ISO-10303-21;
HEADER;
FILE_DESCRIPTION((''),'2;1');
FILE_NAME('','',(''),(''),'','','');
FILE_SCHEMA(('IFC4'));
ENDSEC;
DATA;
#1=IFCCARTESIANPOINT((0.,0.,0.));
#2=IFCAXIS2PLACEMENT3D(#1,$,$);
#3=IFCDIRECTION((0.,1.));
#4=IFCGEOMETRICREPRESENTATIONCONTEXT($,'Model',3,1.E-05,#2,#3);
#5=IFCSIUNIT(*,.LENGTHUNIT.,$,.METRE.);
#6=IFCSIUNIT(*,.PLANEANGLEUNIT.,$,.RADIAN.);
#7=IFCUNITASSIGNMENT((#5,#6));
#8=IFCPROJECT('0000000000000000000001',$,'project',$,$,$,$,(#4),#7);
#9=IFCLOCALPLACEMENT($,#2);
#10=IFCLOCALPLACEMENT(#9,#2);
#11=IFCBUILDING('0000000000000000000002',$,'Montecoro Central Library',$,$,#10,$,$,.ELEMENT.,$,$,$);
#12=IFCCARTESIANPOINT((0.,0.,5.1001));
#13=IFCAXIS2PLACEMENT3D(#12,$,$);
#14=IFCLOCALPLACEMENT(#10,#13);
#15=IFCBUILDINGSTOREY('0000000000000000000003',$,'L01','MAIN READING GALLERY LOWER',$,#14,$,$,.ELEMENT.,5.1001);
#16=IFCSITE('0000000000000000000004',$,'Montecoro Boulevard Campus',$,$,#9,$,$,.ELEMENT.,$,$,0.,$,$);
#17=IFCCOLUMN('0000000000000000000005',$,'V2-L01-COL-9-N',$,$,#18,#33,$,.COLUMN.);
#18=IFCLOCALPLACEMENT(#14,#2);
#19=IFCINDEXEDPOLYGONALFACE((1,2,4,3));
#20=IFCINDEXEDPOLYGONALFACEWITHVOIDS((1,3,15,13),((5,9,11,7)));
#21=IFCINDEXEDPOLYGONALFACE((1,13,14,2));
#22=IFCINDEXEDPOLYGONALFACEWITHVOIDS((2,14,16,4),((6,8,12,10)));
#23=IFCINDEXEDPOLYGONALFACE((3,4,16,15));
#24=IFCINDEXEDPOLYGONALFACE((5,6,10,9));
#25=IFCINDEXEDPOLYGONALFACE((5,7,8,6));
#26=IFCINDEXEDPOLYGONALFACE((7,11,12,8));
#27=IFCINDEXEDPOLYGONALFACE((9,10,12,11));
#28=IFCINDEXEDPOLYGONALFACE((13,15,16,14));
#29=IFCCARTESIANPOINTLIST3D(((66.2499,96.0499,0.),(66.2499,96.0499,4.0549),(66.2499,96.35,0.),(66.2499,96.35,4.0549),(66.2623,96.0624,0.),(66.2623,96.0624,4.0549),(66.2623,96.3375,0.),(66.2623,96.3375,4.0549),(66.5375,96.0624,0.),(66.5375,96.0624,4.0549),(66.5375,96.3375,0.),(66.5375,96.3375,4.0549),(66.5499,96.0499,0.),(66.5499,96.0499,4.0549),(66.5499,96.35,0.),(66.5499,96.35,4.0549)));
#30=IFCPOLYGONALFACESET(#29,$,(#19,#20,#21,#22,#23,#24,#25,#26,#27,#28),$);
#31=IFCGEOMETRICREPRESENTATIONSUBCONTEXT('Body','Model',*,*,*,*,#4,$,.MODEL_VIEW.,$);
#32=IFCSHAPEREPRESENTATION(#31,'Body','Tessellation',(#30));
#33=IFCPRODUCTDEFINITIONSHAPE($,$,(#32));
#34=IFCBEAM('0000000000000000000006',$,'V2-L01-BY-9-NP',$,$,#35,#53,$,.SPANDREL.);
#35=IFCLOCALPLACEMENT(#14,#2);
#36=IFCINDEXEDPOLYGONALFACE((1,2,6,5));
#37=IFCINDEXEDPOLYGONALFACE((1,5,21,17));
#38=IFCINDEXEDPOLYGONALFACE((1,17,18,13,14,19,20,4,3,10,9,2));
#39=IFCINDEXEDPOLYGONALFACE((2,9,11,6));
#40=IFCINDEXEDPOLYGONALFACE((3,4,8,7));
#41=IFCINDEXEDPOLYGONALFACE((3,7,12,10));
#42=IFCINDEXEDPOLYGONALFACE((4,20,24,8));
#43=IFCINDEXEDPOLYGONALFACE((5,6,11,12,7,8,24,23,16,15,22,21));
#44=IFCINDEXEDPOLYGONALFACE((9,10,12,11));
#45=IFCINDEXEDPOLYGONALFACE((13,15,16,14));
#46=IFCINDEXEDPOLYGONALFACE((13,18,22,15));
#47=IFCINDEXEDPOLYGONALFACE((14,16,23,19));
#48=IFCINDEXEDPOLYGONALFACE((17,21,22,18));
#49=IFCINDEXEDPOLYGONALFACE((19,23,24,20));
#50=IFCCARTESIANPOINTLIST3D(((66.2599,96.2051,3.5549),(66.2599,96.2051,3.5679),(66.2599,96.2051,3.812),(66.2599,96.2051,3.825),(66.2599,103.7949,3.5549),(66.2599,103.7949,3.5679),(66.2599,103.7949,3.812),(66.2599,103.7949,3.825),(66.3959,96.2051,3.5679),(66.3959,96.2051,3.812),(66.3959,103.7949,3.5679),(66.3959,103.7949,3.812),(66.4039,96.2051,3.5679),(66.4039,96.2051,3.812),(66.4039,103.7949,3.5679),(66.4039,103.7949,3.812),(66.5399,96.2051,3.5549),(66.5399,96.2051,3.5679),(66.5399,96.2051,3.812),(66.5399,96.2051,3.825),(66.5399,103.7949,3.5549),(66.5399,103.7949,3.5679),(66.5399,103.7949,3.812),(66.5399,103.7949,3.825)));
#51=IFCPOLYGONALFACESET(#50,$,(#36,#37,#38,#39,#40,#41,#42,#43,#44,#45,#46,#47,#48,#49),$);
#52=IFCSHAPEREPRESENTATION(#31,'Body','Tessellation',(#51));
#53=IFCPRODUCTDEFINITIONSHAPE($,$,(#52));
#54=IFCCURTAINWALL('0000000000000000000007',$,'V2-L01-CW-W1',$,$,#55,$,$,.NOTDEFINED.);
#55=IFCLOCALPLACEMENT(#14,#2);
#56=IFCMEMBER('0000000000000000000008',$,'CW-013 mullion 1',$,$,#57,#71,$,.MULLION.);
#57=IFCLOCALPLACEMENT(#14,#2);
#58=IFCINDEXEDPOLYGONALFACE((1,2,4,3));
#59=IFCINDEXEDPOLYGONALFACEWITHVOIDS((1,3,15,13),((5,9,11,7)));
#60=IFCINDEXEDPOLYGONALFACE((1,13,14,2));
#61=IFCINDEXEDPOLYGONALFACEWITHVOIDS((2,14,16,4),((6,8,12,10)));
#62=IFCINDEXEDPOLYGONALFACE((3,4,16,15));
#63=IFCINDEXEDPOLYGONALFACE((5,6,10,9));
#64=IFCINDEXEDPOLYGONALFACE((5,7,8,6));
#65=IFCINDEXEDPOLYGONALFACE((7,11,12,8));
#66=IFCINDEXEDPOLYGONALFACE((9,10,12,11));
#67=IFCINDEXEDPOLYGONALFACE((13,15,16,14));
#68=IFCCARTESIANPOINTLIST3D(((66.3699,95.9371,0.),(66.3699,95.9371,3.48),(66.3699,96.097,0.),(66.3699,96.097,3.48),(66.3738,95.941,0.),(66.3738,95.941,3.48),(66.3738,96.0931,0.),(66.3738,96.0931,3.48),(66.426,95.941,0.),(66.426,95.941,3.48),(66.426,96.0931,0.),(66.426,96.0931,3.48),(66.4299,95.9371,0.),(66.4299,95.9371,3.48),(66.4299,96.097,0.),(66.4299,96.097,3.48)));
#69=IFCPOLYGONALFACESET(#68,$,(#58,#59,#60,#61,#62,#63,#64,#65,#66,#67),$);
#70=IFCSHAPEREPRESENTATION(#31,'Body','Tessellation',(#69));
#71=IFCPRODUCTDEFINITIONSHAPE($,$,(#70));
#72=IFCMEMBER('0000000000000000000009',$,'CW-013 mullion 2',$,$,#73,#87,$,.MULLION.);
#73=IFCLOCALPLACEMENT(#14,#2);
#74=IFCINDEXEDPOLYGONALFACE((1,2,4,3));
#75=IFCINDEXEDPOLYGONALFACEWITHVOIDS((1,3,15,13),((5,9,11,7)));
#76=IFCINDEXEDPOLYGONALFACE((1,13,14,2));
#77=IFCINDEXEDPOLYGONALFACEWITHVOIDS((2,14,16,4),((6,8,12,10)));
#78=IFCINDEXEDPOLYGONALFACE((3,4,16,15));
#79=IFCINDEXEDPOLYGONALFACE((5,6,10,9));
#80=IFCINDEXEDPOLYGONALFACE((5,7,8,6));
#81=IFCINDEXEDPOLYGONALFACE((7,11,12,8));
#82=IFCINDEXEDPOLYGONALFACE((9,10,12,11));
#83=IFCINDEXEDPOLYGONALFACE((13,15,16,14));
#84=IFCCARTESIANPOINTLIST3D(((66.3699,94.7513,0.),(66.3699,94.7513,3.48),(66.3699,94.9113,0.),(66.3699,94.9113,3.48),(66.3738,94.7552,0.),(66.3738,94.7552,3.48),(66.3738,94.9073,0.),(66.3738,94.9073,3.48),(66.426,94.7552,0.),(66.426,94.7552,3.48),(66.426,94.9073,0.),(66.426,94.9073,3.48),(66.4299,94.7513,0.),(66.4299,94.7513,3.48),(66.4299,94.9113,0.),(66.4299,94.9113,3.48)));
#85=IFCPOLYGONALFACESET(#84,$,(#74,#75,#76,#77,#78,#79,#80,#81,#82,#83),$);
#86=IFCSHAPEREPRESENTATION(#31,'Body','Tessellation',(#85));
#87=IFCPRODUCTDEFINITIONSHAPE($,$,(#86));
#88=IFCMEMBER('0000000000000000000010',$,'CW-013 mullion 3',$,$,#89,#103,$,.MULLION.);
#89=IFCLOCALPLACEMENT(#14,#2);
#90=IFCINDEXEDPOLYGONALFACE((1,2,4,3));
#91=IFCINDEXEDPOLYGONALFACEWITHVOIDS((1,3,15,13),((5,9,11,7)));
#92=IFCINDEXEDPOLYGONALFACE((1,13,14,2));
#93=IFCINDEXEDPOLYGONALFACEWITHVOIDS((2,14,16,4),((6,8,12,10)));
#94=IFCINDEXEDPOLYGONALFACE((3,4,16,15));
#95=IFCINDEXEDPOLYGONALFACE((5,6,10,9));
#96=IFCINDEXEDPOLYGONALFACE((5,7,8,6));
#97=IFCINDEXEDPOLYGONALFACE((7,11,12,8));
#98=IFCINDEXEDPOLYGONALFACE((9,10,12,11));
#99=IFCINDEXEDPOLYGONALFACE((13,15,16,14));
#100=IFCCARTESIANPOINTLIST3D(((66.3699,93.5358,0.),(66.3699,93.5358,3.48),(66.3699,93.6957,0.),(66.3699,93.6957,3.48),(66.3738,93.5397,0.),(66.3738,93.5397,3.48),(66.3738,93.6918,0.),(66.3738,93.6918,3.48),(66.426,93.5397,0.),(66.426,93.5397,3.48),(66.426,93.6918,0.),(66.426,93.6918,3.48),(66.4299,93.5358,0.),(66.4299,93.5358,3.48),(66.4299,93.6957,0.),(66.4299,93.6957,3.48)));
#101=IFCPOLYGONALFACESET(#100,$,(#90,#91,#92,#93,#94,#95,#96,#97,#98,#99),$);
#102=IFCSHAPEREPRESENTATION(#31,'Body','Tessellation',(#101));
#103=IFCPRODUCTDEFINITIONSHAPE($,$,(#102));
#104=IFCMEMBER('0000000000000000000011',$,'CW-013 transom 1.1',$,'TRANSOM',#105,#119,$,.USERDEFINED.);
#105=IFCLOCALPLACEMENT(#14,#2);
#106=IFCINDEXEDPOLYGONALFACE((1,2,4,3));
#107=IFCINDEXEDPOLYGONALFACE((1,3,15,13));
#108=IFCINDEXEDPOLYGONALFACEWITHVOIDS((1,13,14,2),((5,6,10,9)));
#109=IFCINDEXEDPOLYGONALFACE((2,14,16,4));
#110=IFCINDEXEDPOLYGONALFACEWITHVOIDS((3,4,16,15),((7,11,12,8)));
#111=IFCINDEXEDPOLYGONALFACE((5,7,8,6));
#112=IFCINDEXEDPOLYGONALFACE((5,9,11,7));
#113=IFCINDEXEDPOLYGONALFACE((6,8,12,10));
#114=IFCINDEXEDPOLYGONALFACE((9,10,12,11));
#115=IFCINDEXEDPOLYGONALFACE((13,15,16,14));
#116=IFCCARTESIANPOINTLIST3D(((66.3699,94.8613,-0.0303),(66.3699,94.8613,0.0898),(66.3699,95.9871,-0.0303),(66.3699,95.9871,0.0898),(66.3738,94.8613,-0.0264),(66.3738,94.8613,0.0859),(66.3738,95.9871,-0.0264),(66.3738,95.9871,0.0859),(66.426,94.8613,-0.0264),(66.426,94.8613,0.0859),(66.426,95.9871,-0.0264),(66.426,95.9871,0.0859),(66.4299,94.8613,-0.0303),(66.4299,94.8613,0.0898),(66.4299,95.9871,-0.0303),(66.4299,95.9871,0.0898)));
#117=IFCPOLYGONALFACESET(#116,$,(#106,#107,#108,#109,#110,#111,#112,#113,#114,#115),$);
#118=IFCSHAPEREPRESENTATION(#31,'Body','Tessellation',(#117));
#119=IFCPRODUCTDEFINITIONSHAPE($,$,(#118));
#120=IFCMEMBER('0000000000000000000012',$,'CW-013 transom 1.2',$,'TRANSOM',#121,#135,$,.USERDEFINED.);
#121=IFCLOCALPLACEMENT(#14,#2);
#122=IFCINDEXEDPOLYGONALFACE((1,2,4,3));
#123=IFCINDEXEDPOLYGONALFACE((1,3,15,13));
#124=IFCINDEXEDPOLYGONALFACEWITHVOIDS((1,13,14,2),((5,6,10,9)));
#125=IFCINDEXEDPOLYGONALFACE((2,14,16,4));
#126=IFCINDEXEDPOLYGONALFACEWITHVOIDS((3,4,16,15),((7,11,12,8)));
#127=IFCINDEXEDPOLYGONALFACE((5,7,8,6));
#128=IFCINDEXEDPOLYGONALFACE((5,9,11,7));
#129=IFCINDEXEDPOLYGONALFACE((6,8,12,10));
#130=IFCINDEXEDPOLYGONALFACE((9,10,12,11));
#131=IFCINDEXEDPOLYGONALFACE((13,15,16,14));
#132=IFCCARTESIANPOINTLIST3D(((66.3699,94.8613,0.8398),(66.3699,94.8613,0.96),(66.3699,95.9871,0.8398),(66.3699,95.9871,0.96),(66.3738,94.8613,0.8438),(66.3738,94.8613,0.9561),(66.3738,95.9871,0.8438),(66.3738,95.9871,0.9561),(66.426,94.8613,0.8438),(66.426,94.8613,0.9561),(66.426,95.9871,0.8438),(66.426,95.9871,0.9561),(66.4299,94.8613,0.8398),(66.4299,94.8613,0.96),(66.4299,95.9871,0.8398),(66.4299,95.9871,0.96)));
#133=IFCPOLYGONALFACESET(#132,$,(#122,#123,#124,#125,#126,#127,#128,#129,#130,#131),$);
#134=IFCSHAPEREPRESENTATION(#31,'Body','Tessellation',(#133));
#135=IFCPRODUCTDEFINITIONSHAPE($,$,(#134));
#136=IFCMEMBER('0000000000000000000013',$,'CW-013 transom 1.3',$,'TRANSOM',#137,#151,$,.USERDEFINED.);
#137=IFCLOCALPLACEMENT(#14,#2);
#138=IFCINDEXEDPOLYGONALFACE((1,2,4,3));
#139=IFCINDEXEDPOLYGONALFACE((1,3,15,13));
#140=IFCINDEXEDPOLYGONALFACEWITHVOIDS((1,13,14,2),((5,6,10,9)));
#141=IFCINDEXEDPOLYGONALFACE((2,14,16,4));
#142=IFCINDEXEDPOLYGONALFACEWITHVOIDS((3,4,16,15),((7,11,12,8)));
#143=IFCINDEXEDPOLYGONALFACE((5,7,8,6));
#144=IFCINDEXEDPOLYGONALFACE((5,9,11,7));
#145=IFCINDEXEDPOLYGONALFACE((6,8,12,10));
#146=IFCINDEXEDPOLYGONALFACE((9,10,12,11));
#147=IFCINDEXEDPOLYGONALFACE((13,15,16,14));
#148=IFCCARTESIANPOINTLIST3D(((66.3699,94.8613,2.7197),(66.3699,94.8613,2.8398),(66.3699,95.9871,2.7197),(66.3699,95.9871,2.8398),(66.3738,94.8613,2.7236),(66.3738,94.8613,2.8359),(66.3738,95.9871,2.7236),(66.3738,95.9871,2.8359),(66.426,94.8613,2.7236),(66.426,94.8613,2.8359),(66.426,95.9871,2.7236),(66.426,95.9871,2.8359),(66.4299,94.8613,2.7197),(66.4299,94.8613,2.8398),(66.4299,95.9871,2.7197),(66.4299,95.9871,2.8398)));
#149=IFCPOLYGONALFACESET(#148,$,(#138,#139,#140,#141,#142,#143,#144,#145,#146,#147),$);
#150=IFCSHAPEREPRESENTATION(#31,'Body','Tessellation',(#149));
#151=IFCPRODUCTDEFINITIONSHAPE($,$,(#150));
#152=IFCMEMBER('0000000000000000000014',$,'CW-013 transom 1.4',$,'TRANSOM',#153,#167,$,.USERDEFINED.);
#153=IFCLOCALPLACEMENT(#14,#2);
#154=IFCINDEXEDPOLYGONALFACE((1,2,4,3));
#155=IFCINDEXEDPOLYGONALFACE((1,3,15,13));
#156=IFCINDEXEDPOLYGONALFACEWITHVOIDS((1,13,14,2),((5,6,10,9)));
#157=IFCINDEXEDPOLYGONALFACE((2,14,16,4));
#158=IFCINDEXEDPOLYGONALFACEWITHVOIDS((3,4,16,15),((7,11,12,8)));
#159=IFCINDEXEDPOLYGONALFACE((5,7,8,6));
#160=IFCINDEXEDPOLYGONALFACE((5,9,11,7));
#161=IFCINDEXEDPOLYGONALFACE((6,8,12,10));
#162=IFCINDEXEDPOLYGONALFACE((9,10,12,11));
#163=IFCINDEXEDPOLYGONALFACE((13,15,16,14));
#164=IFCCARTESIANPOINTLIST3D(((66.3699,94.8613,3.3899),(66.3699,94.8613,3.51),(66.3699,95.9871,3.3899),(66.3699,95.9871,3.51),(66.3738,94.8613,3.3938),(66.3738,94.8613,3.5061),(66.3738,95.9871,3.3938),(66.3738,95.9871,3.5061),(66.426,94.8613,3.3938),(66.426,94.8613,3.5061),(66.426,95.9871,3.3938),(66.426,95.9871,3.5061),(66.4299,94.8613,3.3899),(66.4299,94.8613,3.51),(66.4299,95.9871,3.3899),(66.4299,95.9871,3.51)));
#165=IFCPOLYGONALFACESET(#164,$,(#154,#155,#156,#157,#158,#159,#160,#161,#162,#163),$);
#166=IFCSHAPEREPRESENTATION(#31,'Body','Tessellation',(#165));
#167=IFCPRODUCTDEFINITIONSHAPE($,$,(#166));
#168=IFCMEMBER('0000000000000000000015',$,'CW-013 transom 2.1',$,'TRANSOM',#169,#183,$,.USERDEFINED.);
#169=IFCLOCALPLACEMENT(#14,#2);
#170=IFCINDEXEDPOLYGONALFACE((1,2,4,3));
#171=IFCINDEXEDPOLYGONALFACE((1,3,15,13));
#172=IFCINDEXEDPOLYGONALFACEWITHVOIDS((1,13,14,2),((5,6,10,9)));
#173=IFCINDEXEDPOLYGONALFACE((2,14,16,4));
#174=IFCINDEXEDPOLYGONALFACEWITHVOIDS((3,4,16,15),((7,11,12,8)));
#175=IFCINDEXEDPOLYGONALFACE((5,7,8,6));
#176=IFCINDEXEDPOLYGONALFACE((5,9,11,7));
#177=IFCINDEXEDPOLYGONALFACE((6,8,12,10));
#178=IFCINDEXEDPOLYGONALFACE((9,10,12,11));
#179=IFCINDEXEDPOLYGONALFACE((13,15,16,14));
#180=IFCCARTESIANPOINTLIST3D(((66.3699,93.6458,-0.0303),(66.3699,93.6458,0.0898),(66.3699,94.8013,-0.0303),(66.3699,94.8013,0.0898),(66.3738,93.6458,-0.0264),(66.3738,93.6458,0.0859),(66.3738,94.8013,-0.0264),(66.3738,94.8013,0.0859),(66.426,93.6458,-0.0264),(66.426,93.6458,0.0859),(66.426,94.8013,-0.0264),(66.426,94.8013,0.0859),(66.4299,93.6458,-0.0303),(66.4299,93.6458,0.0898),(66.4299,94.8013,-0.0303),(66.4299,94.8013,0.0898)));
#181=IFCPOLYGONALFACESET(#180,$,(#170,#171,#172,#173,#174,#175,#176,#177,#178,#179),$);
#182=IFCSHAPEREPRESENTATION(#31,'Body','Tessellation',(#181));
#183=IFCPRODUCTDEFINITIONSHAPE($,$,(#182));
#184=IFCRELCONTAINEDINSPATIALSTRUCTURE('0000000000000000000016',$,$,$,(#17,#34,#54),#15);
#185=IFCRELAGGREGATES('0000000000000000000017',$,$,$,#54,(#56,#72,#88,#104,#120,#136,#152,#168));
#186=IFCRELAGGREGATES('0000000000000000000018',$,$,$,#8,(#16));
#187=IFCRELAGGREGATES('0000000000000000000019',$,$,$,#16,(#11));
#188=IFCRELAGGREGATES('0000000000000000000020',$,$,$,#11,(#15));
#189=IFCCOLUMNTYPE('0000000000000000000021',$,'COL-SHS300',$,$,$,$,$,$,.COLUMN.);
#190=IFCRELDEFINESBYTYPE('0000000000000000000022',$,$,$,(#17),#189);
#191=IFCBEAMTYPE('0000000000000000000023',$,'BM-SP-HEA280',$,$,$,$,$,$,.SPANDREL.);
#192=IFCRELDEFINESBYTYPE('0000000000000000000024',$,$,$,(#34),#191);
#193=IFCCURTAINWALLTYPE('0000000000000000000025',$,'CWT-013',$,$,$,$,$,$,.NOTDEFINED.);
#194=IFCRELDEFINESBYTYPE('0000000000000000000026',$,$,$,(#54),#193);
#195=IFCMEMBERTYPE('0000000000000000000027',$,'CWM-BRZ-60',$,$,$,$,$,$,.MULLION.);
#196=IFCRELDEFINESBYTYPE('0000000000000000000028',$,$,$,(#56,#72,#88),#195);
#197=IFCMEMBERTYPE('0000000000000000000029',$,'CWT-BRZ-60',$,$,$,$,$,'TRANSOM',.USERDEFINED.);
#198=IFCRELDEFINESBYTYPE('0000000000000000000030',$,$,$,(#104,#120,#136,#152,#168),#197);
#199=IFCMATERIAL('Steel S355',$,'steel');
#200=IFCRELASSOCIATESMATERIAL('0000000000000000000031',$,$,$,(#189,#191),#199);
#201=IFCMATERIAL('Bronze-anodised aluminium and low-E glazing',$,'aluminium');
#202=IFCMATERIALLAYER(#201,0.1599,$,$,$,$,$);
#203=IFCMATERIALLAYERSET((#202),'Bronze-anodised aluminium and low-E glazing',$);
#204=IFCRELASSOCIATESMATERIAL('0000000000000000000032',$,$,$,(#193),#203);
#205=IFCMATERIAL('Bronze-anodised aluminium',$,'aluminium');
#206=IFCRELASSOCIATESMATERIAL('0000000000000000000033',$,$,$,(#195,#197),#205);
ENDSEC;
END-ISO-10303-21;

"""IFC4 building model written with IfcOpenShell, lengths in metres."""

from ifc_helpers import new_model, si_unit, direction, frame, origin, origin_2d, place, context, subcontext, project, spatial, hollow_rectangle, i_section, extrude, material, layer, layer_set, material_profile, profile_set, type_object, element, aggregate, save


model = new_model("IFC4")

# Units and contexts
model_context = context("Model", 3, precision=1e-05, world=origin(), true_north=direction((0.0, 1.0)))
body_context = subcontext(model_context, "Body", "Model", "MODEL_VIEW")
ifc_project = project(units=[si_unit("LENGTHUNIT", "METRE"), si_unit("PLANEANGLEUNIT", "RADIAN")], contexts=[model_context])

# Site, building, storey
site_placement = place(None, origin())
site = spatial("IfcSite", under=ifc_project, at=site_placement, Name="Montecoro Boulevard Campus", CompositionType="ELEMENT", RefElevation=0.0)
building_placement = place(site_placement, origin())
building = spatial("IfcBuilding", under=site, at=building_placement, Name="Montecoro Central Library", CompositionType="ELEMENT")
storey_placement = place(building_placement, frame((0.0, 0.0, 5.1001)))
storey = spatial("IfcBuildingStorey", under=building, at=storey_placement, Name="L01", Description="MAIN READING GALLERY LOWER", CompositionType="ELEMENT", Elevation=5.1001)

# Column
ifc_material_1 = material(Name="Steel S355", Category="steel")
ifc_material_profile_1 = material_profile(ifc_material_1, hollow_rectangle(XDim=0.3, YDim=0.3, WallThickness=0.0125, at=origin_2d()), Name="SHS 300x300x12.5")
ifc_profile_set_1 = profile_set([ifc_material_profile_1], Name="Steel S355")
column_type = type_object("IfcColumnType", Name="COL-SHS300", PredefinedType="COLUMN", material=ifc_profile_set_1)
column_placement = place(storey_placement, frame((66.3999, 96.2, 0.0), z_axis=(0.0, 0.0, 1.0), x_axis=(1.0, 0.0, 0.0)))
element("IfcColumn", 1, at=column_placement, inside=storey, type_object=column_type, Name="V2-L01-COL-9-N", PredefinedType="COLUMN", context=body_context, shape_type="SweptSolid", body=[
    extrude(hollow_rectangle(XDim=0.3, YDim=0.3, WallThickness=0.0125, at=origin_2d()), origin(), (0.0, 0.0, 1.0), 4.0549),
])

# Beam
ifc_material_profile_2 = material_profile(ifc_material_1, i_section(OverallWidth=0.28, OverallDepth=0.27, WebThickness=0.0081, FlangeThickness=0.0129, at=origin_2d()), Name="HEA 280")
ifc_profile_set_2 = profile_set([ifc_material_profile_2], Name="Steel S355")
beam_type = type_object("IfcBeamType", Name="BM-SP-HEA280", PredefinedType="SPANDREL", material=ifc_profile_set_2)
beam_placement = place(storey_placement, frame((66.3999, 96.2051, 3.6899), z_axis=(0.0, 1.0, 0.0), x_axis=(-1.0, 0.0, 0.0)))
element("IfcBeam", 2, at=beam_placement, inside=storey, type_object=beam_type, Name="V2-L01-BY-9-NP", PredefinedType="SPANDREL", context=body_context, shape_type="SweptSolid", body=[
    extrude(i_section(OverallWidth=0.28, OverallDepth=0.27, WebThickness=0.0081, FlangeThickness=0.0129, at=origin_2d()), origin(), (0.0, 0.0, 1.0), 7.5898),
])

# Curtain wall, members
ifc_material_2 = material(Name="Bronze-anodised aluminium and low-E glazing", Category="aluminium")
ifc_layer_1 = layer(ifc_material_2, 0.1599)
ifc_layer_set_1 = layer_set([ifc_layer_1], Name="Bronze-anodised aluminium and low-E glazing")
curtain_wall_type = type_object("IfcCurtainWallType", Name="CWT-013", PredefinedType="NOTDEFINED", material=ifc_layer_set_1)
curtain_wall_placement = place(storey_placement, origin())
curtain_wall = element("IfcCurtainWall", 3, at=curtain_wall_placement, inside=storey, type_object=curtain_wall_type, Name="V2-L01-CW-W1", PredefinedType="NOTDEFINED")
ifc_material_3 = material(Name="Bronze-anodised aluminium", Category="aluminium")
ifc_material_profile_3 = material_profile(ifc_material_3, hollow_rectangle(XDim=0.0601, YDim=0.1599, WallThickness=0.0039, at=origin_2d()), Name="CWM 160x60x4.0")
ifc_profile_set_3 = profile_set([ifc_material_profile_3], Name="Bronze-anodised aluminium")
member_type_1 = type_object("IfcMemberType", Name="CWM-BRZ-60", PredefinedType="MULLION", material=ifc_profile_set_3)
member_1_placement = place(storey_placement, frame((66.3999, 96.0171, 0.0), z_axis=(0.0, 0.0, 1.0), x_axis=(1.0, 0.0, 0.0)))
member_1 = element("IfcMember", 4, at=member_1_placement, type_object=member_type_1, Name="CW-013 mullion 1", PredefinedType="MULLION", context=body_context, shape_type="SweptSolid", body=[
    extrude(hollow_rectangle(XDim=0.0601, YDim=0.1599, WallThickness=0.0039, at=origin_2d()), origin(), (0.0, 0.0, 1.0), 3.48),
])
member_2_placement = place(storey_placement, frame((66.3999, 94.8313, 0.0), z_axis=(0.0, 0.0, 1.0), x_axis=(1.0, 0.0, 0.0)))
member_2 = element("IfcMember", 5, at=member_2_placement, type_object=member_type_1, Name="CW-013 mullion 2", PredefinedType="MULLION", context=body_context, shape_type="SweptSolid", body=[
    extrude(hollow_rectangle(XDim=0.0601, YDim=0.1599, WallThickness=0.0039, at=origin_2d()), origin(), (0.0, 0.0, 1.0), 3.48),
])
member_3_placement = place(storey_placement, frame((66.3999, 93.6157, 0.0), z_axis=(0.0, 0.0, 1.0), x_axis=(1.0, 0.0, 0.0)))
member_3 = element("IfcMember", 6, at=member_3_placement, type_object=member_type_1, Name="CW-013 mullion 3", PredefinedType="MULLION", context=body_context, shape_type="SweptSolid", body=[
    extrude(hollow_rectangle(XDim=0.0601, YDim=0.1599, WallThickness=0.0039, at=origin_2d()), origin(), (0.0, 0.0, 1.0), 3.48),
])
ifc_material_profile_4 = material_profile(ifc_material_3, hollow_rectangle(XDim=0.0601, YDim=0.1201, WallThickness=0.0039, at=origin_2d()), Name="CWT 120x60x4.0")
ifc_profile_set_4 = profile_set([ifc_material_profile_4], Name="Bronze-anodised aluminium")
member_type_2 = type_object("IfcMemberType", Name="CWT-BRZ-60", ElementType="TRANSOM", PredefinedType="USERDEFINED", material=ifc_profile_set_4)
member_4_placement = place(storey_placement, frame((66.3999, 95.9871, 0.0298), z_axis=(0.0, -1.0, 0.0), x_axis=(1.0, 0.0, 0.0)))
member_4 = element("IfcMember", 7, at=member_4_placement, type_object=member_type_2, Name="CW-013 transom 1.1", ObjectType="TRANSOM", PredefinedType="USERDEFINED", context=body_context, shape_type="SweptSolid", body=[
    extrude(hollow_rectangle(XDim=0.0601, YDim=0.1201, WallThickness=0.0039, at=origin_2d()), origin(), (0.0, 0.0, 1.0), 1.1257),
])
member_5_placement = place(storey_placement, frame((66.3999, 95.9871, 0.8999), z_axis=(0.0, -1.0, 0.0), x_axis=(1.0, 0.0, 0.0)))
member_5 = element("IfcMember", 8, at=member_5_placement, type_object=member_type_2, Name="CW-013 transom 1.2", ObjectType="TRANSOM", PredefinedType="USERDEFINED", context=body_context, shape_type="SweptSolid", body=[
    extrude(hollow_rectangle(XDim=0.0601, YDim=0.1201, WallThickness=0.0039, at=origin_2d()), origin(), (0.0, 0.0, 1.0), 1.1257),
])
member_6_placement = place(storey_placement, frame((66.3999, 95.9871, 2.7798), z_axis=(0.0, -1.0, 0.0), x_axis=(1.0, 0.0, 0.0)))
member_6 = element("IfcMember", 9, at=member_6_placement, type_object=member_type_2, Name="CW-013 transom 1.3", ObjectType="TRANSOM", PredefinedType="USERDEFINED", context=body_context, shape_type="SweptSolid", body=[
    extrude(hollow_rectangle(XDim=0.0601, YDim=0.1201, WallThickness=0.0039, at=origin_2d()), origin(), (0.0, 0.0, 1.0), 1.1257),
])
member_7_placement = place(storey_placement, frame((66.3999, 95.9871, 3.45), z_axis=(0.0, -1.0, 0.0), x_axis=(1.0, 0.0, 0.0)))
member_7 = element("IfcMember", 10, at=member_7_placement, type_object=member_type_2, Name="CW-013 transom 1.4", ObjectType="TRANSOM", PredefinedType="USERDEFINED", context=body_context, shape_type="SweptSolid", body=[
    extrude(hollow_rectangle(XDim=0.0601, YDim=0.1201, WallThickness=0.0039, at=origin_2d()), origin(), (0.0, 0.0, 1.0), 1.1257),
])
member_8_placement = place(storey_placement, frame((66.3999, 94.8013, 0.0298), z_axis=(0.0, -1.0, 0.0), x_axis=(1.0, 0.0, 0.0)))
member_8 = element("IfcMember", 11, at=member_8_placement, type_object=member_type_2, Name="CW-013 transom 2.1", ObjectType="TRANSOM", PredefinedType="USERDEFINED", context=body_context, shape_type="SweptSolid", body=[
    extrude(hollow_rectangle(XDim=0.0601, YDim=0.1201, WallThickness=0.0039, at=origin_2d()), origin(), (0.0, 0.0, 1.0), 1.1555),
])
aggregate(curtain_wall, [member_1, member_2, member_3, member_4, member_5, member_6, member_7, member_8])

save(model, "model.ifc")
